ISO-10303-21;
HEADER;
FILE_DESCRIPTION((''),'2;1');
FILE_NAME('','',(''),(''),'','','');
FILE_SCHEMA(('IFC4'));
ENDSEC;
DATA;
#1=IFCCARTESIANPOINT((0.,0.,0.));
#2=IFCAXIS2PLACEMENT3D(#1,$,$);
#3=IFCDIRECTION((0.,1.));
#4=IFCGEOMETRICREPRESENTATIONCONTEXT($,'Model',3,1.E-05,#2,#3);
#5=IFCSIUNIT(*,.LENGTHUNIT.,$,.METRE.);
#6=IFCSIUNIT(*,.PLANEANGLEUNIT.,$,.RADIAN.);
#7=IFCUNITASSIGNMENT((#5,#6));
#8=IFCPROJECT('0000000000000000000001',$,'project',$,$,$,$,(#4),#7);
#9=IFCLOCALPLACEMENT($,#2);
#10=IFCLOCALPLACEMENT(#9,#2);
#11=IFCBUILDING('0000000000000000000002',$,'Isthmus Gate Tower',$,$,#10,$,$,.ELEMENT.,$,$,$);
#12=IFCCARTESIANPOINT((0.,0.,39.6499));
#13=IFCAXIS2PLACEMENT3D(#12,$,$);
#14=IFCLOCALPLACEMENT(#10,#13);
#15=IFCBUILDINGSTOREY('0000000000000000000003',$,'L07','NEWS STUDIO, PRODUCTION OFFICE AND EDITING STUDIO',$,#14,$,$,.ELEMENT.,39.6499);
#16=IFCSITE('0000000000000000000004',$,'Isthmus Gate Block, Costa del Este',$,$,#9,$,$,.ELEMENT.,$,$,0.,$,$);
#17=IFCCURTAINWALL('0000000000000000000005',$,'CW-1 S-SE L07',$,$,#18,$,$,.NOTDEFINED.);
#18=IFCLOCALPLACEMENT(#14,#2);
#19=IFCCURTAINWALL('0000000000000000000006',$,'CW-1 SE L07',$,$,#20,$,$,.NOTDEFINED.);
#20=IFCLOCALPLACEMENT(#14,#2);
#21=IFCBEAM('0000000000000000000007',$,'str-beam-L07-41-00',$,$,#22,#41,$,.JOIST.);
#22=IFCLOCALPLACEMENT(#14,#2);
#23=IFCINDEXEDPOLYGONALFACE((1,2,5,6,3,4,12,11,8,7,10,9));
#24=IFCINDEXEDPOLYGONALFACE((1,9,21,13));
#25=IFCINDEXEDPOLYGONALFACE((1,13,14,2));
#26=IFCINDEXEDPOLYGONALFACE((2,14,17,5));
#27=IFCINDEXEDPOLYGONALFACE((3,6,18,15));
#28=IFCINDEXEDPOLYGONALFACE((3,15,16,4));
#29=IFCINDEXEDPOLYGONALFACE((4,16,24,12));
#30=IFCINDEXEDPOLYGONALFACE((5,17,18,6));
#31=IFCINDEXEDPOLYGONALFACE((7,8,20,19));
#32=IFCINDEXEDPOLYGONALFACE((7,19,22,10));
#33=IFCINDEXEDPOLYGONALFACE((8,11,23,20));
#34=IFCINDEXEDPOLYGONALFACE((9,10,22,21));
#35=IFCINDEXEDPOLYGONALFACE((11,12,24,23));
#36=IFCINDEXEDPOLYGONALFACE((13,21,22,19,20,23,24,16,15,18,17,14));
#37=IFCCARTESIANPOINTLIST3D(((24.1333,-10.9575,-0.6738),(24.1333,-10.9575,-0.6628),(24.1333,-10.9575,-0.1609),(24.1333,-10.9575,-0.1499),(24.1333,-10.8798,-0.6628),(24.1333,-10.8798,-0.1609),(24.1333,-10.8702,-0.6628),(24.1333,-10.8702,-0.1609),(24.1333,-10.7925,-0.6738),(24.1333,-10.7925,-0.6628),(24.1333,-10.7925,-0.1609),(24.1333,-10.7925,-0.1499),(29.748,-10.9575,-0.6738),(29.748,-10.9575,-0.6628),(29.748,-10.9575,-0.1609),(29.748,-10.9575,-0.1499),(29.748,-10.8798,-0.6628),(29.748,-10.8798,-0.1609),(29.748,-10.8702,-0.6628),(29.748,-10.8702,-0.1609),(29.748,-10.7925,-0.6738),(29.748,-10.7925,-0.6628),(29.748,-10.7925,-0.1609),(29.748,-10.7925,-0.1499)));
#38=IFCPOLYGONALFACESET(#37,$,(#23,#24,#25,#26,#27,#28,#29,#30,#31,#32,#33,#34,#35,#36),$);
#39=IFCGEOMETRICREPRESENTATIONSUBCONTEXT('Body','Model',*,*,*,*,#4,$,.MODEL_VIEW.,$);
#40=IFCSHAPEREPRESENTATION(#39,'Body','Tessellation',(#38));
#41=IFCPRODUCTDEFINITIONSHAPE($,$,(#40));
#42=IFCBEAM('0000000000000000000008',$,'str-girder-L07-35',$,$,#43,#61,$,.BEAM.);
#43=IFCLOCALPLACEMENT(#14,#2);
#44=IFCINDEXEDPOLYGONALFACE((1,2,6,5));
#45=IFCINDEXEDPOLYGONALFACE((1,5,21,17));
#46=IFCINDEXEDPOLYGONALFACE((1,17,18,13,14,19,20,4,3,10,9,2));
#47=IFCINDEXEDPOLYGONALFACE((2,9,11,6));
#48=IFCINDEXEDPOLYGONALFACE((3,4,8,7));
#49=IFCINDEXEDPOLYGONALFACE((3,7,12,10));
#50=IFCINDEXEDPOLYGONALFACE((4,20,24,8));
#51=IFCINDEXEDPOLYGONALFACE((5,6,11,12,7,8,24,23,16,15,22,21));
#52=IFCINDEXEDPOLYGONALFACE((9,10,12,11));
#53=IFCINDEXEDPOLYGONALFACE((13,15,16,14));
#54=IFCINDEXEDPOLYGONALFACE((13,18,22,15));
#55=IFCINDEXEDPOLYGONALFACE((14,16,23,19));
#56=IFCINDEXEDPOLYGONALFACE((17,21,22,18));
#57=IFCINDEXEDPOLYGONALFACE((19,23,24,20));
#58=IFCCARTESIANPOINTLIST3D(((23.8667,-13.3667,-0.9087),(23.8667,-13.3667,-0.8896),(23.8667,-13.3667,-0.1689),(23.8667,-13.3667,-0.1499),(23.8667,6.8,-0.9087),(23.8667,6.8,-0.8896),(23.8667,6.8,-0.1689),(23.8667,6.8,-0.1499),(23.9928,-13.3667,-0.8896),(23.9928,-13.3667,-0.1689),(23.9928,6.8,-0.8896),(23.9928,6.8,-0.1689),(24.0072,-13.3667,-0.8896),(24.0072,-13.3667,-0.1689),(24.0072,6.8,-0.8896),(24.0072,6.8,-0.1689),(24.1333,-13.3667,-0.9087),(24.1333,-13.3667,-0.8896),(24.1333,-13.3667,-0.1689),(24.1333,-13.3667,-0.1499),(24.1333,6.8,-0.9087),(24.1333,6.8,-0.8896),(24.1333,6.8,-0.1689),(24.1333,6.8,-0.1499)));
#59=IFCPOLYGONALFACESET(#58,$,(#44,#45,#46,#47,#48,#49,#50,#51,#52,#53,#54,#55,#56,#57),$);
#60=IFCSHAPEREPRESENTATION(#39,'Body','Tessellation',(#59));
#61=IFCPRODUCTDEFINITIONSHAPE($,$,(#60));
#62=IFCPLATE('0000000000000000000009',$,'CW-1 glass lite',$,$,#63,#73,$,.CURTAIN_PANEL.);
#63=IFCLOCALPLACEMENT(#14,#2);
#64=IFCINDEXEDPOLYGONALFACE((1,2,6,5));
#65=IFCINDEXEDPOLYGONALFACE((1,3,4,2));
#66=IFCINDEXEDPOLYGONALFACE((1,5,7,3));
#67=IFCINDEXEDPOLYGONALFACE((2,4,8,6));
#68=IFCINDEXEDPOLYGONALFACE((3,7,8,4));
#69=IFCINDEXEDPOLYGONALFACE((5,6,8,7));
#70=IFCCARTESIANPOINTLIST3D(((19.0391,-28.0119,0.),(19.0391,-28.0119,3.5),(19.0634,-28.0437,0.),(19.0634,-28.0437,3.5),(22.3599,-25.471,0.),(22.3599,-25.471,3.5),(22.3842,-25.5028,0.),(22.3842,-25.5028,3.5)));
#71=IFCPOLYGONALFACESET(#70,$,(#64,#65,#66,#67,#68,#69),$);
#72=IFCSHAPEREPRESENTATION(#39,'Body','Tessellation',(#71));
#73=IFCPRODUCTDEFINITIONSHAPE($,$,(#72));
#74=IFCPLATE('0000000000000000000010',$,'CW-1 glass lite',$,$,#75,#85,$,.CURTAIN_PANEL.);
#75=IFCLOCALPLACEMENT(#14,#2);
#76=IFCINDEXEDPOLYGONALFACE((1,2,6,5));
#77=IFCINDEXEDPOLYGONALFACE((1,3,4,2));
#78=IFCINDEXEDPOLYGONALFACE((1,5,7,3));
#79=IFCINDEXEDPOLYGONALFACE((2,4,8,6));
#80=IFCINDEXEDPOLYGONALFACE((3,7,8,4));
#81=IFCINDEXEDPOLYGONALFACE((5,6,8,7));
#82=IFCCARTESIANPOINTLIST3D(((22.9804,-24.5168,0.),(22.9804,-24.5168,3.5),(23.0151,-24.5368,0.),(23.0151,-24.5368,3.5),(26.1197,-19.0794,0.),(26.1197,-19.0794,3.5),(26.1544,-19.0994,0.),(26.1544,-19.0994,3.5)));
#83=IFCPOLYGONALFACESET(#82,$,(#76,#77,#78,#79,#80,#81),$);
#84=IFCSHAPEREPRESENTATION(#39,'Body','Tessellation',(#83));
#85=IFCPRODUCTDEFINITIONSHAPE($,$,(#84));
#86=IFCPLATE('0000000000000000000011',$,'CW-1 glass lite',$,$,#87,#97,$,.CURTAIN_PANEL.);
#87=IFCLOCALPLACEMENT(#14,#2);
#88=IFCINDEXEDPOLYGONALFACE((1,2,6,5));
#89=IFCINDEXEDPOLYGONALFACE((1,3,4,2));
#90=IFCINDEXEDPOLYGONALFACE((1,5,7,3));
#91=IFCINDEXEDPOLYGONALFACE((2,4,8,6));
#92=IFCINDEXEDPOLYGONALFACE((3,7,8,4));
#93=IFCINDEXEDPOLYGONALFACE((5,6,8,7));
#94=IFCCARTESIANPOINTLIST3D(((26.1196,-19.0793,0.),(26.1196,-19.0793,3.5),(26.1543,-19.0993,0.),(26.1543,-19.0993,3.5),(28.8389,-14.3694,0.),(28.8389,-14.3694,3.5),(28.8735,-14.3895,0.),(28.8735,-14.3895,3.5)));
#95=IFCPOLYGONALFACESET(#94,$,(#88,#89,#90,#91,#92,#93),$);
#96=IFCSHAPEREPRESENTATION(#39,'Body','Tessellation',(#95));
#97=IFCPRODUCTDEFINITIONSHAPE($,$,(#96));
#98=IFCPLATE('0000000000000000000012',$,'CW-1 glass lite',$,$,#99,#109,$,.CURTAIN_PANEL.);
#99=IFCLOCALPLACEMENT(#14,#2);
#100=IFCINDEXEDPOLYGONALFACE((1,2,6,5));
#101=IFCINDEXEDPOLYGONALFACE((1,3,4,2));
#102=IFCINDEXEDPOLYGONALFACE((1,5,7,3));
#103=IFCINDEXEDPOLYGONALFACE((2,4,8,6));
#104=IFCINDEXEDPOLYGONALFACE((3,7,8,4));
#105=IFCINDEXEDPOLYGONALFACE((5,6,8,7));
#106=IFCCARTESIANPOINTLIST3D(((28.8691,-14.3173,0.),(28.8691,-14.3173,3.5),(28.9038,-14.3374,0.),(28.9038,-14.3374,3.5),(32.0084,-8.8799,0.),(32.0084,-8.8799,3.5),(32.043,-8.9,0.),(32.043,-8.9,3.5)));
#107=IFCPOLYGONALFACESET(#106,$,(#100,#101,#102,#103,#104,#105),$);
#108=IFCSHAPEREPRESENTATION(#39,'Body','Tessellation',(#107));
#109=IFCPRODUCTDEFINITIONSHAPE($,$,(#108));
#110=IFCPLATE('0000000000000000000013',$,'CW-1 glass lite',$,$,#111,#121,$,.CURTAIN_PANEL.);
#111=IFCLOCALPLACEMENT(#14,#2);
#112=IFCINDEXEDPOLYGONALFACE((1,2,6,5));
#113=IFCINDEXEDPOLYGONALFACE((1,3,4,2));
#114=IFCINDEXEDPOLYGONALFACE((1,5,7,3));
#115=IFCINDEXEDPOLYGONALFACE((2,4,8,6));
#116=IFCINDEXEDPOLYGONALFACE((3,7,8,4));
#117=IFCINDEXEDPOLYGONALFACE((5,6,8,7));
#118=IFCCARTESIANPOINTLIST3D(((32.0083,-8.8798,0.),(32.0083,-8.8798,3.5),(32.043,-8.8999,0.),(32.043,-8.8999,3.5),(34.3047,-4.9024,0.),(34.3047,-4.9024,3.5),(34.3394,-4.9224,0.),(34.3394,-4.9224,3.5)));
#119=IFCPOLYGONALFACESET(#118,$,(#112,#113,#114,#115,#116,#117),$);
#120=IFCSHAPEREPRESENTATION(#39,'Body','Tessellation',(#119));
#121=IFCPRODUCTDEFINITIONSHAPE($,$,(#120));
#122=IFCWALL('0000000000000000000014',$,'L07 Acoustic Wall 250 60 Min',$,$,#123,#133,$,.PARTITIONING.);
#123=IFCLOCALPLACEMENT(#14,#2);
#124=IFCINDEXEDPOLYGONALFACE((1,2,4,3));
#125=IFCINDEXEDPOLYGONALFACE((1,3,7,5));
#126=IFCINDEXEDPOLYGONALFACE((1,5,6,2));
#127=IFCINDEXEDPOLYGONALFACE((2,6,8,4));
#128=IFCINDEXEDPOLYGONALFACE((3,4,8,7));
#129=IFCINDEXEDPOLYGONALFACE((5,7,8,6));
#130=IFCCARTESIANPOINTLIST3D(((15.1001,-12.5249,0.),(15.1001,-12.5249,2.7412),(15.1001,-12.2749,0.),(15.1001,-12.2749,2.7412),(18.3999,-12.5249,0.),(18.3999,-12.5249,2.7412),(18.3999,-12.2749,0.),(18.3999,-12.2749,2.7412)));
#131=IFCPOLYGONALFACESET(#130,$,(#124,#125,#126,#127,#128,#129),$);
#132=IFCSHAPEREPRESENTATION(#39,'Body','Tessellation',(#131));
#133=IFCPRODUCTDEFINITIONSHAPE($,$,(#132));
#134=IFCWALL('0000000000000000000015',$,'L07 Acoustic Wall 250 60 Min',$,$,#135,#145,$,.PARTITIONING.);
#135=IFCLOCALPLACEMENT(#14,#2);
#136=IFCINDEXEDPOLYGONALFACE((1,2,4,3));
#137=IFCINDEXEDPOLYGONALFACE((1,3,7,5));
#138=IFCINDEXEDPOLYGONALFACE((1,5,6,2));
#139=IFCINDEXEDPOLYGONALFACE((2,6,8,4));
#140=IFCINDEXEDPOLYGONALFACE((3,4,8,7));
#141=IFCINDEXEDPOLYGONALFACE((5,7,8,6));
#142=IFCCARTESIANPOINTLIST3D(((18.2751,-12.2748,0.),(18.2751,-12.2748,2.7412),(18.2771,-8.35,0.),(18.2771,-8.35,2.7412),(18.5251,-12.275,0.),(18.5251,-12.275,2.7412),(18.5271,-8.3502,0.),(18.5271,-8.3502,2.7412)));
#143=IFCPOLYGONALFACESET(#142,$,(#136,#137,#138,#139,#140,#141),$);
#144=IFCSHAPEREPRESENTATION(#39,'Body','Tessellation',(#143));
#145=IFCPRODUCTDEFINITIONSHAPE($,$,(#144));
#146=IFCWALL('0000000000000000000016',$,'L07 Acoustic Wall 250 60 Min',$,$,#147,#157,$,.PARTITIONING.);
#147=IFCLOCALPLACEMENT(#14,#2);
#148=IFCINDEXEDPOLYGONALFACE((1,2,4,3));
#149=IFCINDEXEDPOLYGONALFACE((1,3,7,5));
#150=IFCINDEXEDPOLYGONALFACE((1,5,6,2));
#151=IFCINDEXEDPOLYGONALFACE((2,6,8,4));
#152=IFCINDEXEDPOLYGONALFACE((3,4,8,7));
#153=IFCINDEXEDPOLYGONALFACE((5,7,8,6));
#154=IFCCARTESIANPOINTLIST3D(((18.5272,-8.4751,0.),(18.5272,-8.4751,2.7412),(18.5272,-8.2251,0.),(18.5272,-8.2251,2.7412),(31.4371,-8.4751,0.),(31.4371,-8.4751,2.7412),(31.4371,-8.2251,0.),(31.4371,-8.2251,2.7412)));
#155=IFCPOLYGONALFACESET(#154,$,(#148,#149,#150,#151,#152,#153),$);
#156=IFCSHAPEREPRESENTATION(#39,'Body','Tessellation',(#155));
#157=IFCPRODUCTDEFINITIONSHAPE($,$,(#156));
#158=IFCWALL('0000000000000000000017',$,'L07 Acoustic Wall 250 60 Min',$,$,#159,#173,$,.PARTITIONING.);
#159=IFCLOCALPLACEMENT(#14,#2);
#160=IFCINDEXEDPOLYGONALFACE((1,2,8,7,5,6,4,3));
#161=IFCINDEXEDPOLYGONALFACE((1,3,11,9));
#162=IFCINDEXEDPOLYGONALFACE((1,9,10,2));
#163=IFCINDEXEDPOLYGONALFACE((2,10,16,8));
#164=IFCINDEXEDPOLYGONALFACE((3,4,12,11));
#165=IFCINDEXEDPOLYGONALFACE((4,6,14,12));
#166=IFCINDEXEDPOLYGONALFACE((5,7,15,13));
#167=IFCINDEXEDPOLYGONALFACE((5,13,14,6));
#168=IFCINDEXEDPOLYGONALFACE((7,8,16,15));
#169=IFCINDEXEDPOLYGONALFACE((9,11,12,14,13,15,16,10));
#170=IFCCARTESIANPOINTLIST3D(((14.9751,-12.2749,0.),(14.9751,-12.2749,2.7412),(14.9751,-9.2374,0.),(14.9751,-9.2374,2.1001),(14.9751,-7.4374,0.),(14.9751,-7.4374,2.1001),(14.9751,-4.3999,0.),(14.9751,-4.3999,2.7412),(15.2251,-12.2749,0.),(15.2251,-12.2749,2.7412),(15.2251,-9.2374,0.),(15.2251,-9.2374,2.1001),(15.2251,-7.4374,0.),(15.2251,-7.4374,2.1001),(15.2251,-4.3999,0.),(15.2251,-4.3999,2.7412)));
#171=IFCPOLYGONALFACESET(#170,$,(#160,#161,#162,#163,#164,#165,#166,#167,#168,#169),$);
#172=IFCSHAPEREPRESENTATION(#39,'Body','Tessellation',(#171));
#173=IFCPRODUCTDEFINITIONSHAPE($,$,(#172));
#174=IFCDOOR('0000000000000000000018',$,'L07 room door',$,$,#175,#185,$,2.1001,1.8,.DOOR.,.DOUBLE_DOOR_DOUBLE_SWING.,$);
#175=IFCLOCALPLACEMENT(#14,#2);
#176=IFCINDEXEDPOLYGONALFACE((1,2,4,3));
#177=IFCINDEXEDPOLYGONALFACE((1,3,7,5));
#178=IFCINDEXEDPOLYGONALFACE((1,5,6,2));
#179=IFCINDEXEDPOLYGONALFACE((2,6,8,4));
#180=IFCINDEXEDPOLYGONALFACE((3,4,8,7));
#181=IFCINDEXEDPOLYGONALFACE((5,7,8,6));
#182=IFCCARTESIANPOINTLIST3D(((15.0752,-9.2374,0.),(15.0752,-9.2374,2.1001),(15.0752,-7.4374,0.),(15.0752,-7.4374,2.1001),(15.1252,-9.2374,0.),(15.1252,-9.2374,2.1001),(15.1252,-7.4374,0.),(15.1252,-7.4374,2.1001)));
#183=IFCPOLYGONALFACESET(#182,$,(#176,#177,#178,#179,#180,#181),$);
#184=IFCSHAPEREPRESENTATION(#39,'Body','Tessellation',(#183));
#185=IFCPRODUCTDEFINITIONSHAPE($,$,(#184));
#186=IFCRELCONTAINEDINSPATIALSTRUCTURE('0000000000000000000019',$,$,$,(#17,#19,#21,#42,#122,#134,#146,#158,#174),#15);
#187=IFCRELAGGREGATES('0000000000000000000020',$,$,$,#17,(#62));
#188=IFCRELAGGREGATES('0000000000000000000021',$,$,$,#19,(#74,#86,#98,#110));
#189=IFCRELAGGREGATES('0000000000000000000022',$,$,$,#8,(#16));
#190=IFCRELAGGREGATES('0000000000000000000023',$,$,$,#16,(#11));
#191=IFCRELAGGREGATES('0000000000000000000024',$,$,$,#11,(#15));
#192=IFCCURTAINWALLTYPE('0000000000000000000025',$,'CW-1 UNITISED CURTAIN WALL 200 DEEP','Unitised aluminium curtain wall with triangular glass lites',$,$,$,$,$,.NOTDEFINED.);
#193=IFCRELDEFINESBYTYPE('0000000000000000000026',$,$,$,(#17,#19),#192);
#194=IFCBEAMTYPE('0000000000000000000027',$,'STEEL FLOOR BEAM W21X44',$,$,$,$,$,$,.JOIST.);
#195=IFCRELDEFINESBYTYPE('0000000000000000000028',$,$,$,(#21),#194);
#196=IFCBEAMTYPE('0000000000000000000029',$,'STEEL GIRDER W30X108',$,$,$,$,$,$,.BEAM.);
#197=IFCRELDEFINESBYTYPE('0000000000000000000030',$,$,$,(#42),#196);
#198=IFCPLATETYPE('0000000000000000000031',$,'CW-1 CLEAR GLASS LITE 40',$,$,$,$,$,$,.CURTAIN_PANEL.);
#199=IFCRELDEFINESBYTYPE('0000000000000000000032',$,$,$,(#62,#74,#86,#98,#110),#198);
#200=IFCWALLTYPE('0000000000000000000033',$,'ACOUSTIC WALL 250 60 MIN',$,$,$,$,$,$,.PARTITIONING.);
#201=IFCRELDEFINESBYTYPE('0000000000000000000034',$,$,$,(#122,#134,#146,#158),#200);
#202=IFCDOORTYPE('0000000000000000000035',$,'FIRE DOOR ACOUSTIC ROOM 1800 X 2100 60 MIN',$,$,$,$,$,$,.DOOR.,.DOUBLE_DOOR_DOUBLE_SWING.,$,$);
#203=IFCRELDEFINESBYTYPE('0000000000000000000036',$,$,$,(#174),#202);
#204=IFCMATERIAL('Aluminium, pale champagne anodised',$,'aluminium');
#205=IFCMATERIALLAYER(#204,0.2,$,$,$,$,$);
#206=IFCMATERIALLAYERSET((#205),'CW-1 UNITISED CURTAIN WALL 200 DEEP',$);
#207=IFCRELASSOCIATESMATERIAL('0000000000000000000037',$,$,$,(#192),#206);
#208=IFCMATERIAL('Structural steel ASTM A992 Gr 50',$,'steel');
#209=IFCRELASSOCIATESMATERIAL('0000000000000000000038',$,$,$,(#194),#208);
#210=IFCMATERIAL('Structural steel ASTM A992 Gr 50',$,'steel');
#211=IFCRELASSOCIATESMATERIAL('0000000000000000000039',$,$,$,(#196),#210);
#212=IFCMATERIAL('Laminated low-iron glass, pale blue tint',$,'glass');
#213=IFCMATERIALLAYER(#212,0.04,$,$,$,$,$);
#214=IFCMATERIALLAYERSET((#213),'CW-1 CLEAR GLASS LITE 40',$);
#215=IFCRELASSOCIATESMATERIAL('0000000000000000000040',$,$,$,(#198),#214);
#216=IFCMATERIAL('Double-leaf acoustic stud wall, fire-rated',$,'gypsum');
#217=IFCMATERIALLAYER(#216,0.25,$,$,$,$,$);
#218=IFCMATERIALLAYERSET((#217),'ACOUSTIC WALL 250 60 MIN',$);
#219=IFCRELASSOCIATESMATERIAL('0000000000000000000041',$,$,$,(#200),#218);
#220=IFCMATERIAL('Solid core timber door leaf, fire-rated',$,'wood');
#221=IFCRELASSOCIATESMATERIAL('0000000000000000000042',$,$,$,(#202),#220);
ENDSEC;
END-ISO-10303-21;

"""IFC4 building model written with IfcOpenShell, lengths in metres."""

from ifc_helpers import new_model, si_unit, direction, frame, frame_2d, origin, origin_2d, place, context, subcontext, project, spatial, rectangle, i_section, extrude, material, layer, layer_set, material_profile, profile_set, type_object, element, fill, aggregate, save


model = new_model("IFC4")

# Units and contexts
model_context = context("Model", 3, precision=1e-05, world=origin(), true_north=direction((0.0, 1.0)))
body_context = subcontext(model_context, "Body", "Model", "MODEL_VIEW")
ifc_project = project(units=[si_unit("LENGTHUNIT", "METRE"), si_unit("PLANEANGLEUNIT", "RADIAN")], contexts=[model_context])

# Site, building, storey
site_placement = place(None, origin())
site = spatial("IfcSite", under=ifc_project, at=site_placement, Name="Isthmus Gate Block, Costa del Este", CompositionType="ELEMENT", RefElevation=0.0)
building_placement = place(site_placement, origin())
building = spatial("IfcBuilding", under=site, at=building_placement, Name="Isthmus Gate Tower", CompositionType="ELEMENT")
storey_placement = place(building_placement, frame((0.0, 0.0, 39.6499)))
storey = spatial("IfcBuildingStorey", under=building, at=storey_placement, Name="L07", Description="NEWS STUDIO, PRODUCTION OFFICE AND EDITING STUDIO", CompositionType="ELEMENT", Elevation=39.6499)

# Curtain wall
ifc_material_1 = material(Name="Aluminium, pale champagne anodised", Category="aluminium")
ifc_layer_1 = layer(ifc_material_1, 0.2)
ifc_layer_set_1 = layer_set([ifc_layer_1], Name="CW-1 UNITISED CURTAIN WALL 200 DEEP")
curtain_wall_type = type_object("IfcCurtainWallType", Name="CW-1 UNITISED CURTAIN WALL 200 DEEP", Description="Unitised aluminium curtain wall with triangular glass lites", PredefinedType="NOTDEFINED", material=ifc_layer_set_1)
curtain_wall_1_placement = place(storey_placement, origin())
curtain_wall_1 = element("IfcCurtainWall", 1, at=curtain_wall_1_placement, inside=storey, type_object=curtain_wall_type, Name="CW-1 S-SE L07", PredefinedType="NOTDEFINED")

# Curtain wall
curtain_wall_2_placement = place(storey_placement, origin())
curtain_wall_2 = element("IfcCurtainWall", 2, at=curtain_wall_2_placement, inside=storey, type_object=curtain_wall_type, Name="CW-1 SE L07", PredefinedType="NOTDEFINED")

# Beams
ifc_material_2 = material(Name="Structural steel ASTM A992 Gr 50", Category="steel")
ifc_material_profile_1 = material_profile(ifc_material_2, i_section(OverallWidth=0.165, OverallDepth=0.5239, WebThickness=0.0095, FlangeThickness=0.011, at=origin_2d()), Name="W21X44")
ifc_profile_set_1 = profile_set([ifc_material_profile_1], Name="Structural steel ASTM A992 Gr 50")
beam_type_1 = type_object("IfcBeamType", Name="STEEL FLOOR BEAM W21X44", PredefinedType="JOIST", material=ifc_profile_set_1)
beam_1_placement = place(storey_placement, frame((24.1333, -10.875, -0.4119), z_axis=(1.0, 0.0, 0.0), x_axis=(0.0, 1.0, 0.0)))
element("IfcBeam", 3, at=beam_1_placement, inside=storey, type_object=beam_type_1, Name="str-beam-L07-41-00", PredefinedType="JOIST", context=body_context, shape_type="SweptSolid", body=[
    extrude(i_section(OverallWidth=0.165, OverallDepth=0.5239, WebThickness=0.0095, FlangeThickness=0.011, at=origin_2d()), origin(), (0.0, 0.0, 1.0), 5.6147),
])
ifc_material_3 = material(Name="Structural steel ASTM A992 Gr 50", Category="steel")
ifc_material_profile_2 = material_profile(ifc_material_3, i_section(OverallWidth=0.2666, OverallDepth=0.7588, WebThickness=0.0144, FlangeThickness=0.019, at=origin_2d()), Name="W30X108")
ifc_profile_set_2 = profile_set([ifc_material_profile_2], Name="Structural steel ASTM A992 Gr 50")
beam_type_2 = type_object("IfcBeamType", Name="STEEL GIRDER W30X108", PredefinedType="BEAM", material=ifc_profile_set_2)
beam_2_placement = place(storey_placement, frame((24.0, -13.3667, -0.5293), z_axis=(0.0, 1.0, 0.0), x_axis=(-1.0, 0.0, 0.0)))
element("IfcBeam", 4, at=beam_2_placement, inside=storey, type_object=beam_type_2, Name="str-girder-L07-35", PredefinedType="BEAM", context=body_context, shape_type="SweptSolid", body=[
    extrude(i_section(OverallWidth=0.2666, OverallDepth=0.7588, WebThickness=0.0144, FlangeThickness=0.019, at=origin_2d()), origin(), (0.0, 0.0, 1.0), 20.1667),
])

# Plates
ifc_material_4 = material(Name="Laminated low-iron glass, pale blue tint", Category="glass")
ifc_layer_2 = layer(ifc_material_4, 0.04)
ifc_layer_set_2 = layer_set([ifc_layer_2], Name="CW-1 CLEAR GLASS LITE 40")
plate_type = type_object("IfcPlateType", Name="CW-1 CLEAR GLASS LITE 40", PredefinedType="CURTAIN_PANEL", material=ifc_layer_set_2)
plate_1_placement = place(storey_placement, frame((20.7117, -26.7573, 0.0), z_axis=(0.0, 0.0, 1.0), x_axis=(0.794189, 0.607671, 0.0)))
plate_1 = element("IfcPlate", 5, at=plate_1_placement, type_object=plate_type, Name="CW-1 glass lite", PredefinedType="CURTAIN_PANEL", context=body_context, shape_type="SweptSolid", body=[
    extrude(rectangle(XDim=4.1814, YDim=0.04, at=origin_2d()), origin(), (0.0, 0.0, 1.0), 3.5),
])
aggregate(curtain_wall_1, [plate_1])
plate_2_placement = place(storey_placement, frame((24.5674, -21.8081, 0.0), z_axis=(0.0, 0.0, 1.0), x_axis=(0.5, 0.866025, 0.0)))
plate_2 = element("IfcPlate", 6, at=plate_2_placement, type_object=plate_type, Name="CW-1 glass lite", PredefinedType="CURTAIN_PANEL", context=body_context, shape_type="SweptSolid", body=[
    extrude(rectangle(XDim=6.2786, YDim=0.04, at=origin_2d()), origin(), (0.0, 0.0, 1.0), 3.5),
])
plate_3_placement = place(storey_placement, frame((27.4966, -16.7344, 0.0), z_axis=(0.0, 0.0, 1.0), x_axis=(0.5, 0.866025, 0.0)))
plate_3 = element("IfcPlate", 7, at=plate_3_placement, type_object=plate_type, Name="CW-1 glass lite", PredefinedType="CURTAIN_PANEL", context=body_context, shape_type="SweptSolid", body=[
    extrude(rectangle(XDim=5.4385, YDim=0.04, at=origin_2d()), origin(), (0.0, 0.0, 1.0), 3.5),
])
plate_4_placement = place(storey_placement, frame((30.4561, -11.6086, 0.0), z_axis=(0.0, 0.0, 1.0), x_axis=(0.5, 0.866025, 0.0)))
plate_4 = element("IfcPlate", 8, at=plate_4_placement, type_object=plate_type, Name="CW-1 glass lite", PredefinedType="CURTAIN_PANEL", context=body_context, shape_type="SweptSolid", body=[
    extrude(rectangle(XDim=6.2786, YDim=0.04, at=origin_2d()), origin(), (0.0, 0.0, 1.0), 3.5),
])
plate_5_placement = place(storey_placement, frame((33.1738, -6.9011, 0.0), z_axis=(0.0, 0.0, 1.0), x_axis=(0.5, 0.866025, 0.0)))
plate_5 = element("IfcPlate", 9, at=plate_5_placement, type_object=plate_type, Name="CW-1 glass lite", PredefinedType="CURTAIN_PANEL", context=body_context, shape_type="SweptSolid", body=[
    extrude(rectangle(XDim=4.5928, YDim=0.04, at=origin_2d()), origin(), (0.0, 0.0, 1.0), 3.5),
])
aggregate(curtain_wall_2, [plate_2, plate_3, plate_4, plate_5])

# Walls
ifc_material_5 = material(Name="Double-leaf acoustic stud wall, fire-rated", Category="gypsum")
ifc_layer_3 = layer(ifc_material_5, 0.25)
ifc_layer_set_3 = layer_set([ifc_layer_3], Name="ACOUSTIC WALL 250 60 MIN")
wall_type = type_object("IfcWallType", Name="ACOUSTIC WALL 250 60 MIN", PredefinedType="PARTITIONING", material=ifc_layer_set_3)
wall_1_placement = place(storey_placement, frame((18.3999, -12.3999, 0.0), z_axis=(0.0, 0.0, 1.0), x_axis=(-1.0, 0.0, 0.0)))
element("IfcWall", 10, at=wall_1_placement, inside=storey, type_object=wall_type, Name="L07 Acoustic Wall 250 60 Min", PredefinedType="PARTITIONING", context=body_context, shape_type="SweptSolid", body=[
    extrude(rectangle(XDim=3.2998, YDim=0.25, at=frame_2d((1.6499, 0.0))), origin(), (0.0, 0.0, 1.0), 2.7412),
])
wall_2_placement = place(storey_placement, frame((18.4021, -8.3501, 0.0), z_axis=(0.0, 0.0, 1.0), x_axis=(-0.000498, -1.0, 0.0)))
element("IfcWall", 11, at=wall_2_placement, inside=storey, type_object=wall_type, Name="L07 Acoustic Wall 250 60 Min", PredefinedType="PARTITIONING", context=body_context, shape_type="SweptSolid", body=[
    extrude(rectangle(XDim=3.9248, YDim=0.25, at=frame_2d((1.9624, 0.0))), origin(), (0.0, 0.0, 1.0), 2.7412),
])
wall_3_placement = place(storey_placement, frame((18.5271, -8.3501, 0.0), z_axis=(0.0, 0.0, 1.0), x_axis=(1.0, 0.0, 0.0)))
element("IfcWall", 12, at=wall_3_placement, inside=storey, type_object=wall_type, Name="L07 Acoustic Wall 250 60 Min", PredefinedType="PARTITIONING", context=body_context, shape_type="SweptSolid", body=[
    extrude(rectangle(XDim=12.9099, YDim=0.25, at=frame_2d((6.4551, 0.0))), origin(), (0.0, 0.0, 1.0), 2.7412),
])

# Wall, opening, door
wall_4_placement = place(storey_placement, frame((15.1001, -12.2749, 0.0), z_axis=(0.0, 0.0, 1.0), x_axis=(0.0, 1.0, 0.0)))
wall_4 = element("IfcWall", 13, at=wall_4_placement, inside=storey, type_object=wall_type, Name="L07 Acoustic Wall 250 60 Min", PredefinedType="PARTITIONING", context=body_context, shape_type="SweptSolid", body=[
    extrude(rectangle(XDim=7.875, YDim=0.25, at=frame_2d((3.9375, 0.0))), origin(), (0.0, 0.0, 1.0), 2.7412),
])
opening_placement = place(wall_4_placement, frame((3.0376, 0.0, 0.0)))
opening = element("IfcOpeningElement", 14, at=opening_placement, cuts=wall_4, PredefinedType="OPENING", context=body_context, shape_type="SweptSolid", body=[
    extrude(rectangle(XDim=1.8, YDim=2.1001, at=frame_2d((0.8999, 1.05))), frame((0.0, 0.135, 0.0), z_axis=(0.0, -1.0, 0.0), x_axis=(1.0, 0.0, 0.0)), (0.0, 0.0, 1.0), 0.27),
])
ifc_material_6 = material(Name="Solid core timber door leaf, fire-rated", Category="wood")
door_type = type_object("IfcDoorType", Name="FIRE DOOR ACOUSTIC ROOM 1800 X 2100 60 MIN", OperationType="DOUBLE_DOOR_DOUBLE_SWING", PredefinedType="DOOR", material=ifc_material_6)
door_placement = place(opening_placement, origin())
door = element("IfcDoor", 15, at=door_placement, inside=storey, type_object=door_type, Name="L07 room door", OperationType="DOUBLE_DOOR_DOUBLE_SWING", OverallHeight=2.1001, OverallWidth=1.8, PredefinedType="DOOR", context=body_context, shape_type="SweptSolid", body=[
    extrude(rectangle(XDim=1.8, YDim=2.1001, at=frame_2d((0.8999, 1.05))), frame((0.0, 0.0249, 0.0), z_axis=(0.0, -1.0, 0.0), x_axis=(1.0, 0.0, 0.0)), (0.0, 0.0, 1.0), 0.05),
])
fill(opening, door)

save(model, "model.ifc")
